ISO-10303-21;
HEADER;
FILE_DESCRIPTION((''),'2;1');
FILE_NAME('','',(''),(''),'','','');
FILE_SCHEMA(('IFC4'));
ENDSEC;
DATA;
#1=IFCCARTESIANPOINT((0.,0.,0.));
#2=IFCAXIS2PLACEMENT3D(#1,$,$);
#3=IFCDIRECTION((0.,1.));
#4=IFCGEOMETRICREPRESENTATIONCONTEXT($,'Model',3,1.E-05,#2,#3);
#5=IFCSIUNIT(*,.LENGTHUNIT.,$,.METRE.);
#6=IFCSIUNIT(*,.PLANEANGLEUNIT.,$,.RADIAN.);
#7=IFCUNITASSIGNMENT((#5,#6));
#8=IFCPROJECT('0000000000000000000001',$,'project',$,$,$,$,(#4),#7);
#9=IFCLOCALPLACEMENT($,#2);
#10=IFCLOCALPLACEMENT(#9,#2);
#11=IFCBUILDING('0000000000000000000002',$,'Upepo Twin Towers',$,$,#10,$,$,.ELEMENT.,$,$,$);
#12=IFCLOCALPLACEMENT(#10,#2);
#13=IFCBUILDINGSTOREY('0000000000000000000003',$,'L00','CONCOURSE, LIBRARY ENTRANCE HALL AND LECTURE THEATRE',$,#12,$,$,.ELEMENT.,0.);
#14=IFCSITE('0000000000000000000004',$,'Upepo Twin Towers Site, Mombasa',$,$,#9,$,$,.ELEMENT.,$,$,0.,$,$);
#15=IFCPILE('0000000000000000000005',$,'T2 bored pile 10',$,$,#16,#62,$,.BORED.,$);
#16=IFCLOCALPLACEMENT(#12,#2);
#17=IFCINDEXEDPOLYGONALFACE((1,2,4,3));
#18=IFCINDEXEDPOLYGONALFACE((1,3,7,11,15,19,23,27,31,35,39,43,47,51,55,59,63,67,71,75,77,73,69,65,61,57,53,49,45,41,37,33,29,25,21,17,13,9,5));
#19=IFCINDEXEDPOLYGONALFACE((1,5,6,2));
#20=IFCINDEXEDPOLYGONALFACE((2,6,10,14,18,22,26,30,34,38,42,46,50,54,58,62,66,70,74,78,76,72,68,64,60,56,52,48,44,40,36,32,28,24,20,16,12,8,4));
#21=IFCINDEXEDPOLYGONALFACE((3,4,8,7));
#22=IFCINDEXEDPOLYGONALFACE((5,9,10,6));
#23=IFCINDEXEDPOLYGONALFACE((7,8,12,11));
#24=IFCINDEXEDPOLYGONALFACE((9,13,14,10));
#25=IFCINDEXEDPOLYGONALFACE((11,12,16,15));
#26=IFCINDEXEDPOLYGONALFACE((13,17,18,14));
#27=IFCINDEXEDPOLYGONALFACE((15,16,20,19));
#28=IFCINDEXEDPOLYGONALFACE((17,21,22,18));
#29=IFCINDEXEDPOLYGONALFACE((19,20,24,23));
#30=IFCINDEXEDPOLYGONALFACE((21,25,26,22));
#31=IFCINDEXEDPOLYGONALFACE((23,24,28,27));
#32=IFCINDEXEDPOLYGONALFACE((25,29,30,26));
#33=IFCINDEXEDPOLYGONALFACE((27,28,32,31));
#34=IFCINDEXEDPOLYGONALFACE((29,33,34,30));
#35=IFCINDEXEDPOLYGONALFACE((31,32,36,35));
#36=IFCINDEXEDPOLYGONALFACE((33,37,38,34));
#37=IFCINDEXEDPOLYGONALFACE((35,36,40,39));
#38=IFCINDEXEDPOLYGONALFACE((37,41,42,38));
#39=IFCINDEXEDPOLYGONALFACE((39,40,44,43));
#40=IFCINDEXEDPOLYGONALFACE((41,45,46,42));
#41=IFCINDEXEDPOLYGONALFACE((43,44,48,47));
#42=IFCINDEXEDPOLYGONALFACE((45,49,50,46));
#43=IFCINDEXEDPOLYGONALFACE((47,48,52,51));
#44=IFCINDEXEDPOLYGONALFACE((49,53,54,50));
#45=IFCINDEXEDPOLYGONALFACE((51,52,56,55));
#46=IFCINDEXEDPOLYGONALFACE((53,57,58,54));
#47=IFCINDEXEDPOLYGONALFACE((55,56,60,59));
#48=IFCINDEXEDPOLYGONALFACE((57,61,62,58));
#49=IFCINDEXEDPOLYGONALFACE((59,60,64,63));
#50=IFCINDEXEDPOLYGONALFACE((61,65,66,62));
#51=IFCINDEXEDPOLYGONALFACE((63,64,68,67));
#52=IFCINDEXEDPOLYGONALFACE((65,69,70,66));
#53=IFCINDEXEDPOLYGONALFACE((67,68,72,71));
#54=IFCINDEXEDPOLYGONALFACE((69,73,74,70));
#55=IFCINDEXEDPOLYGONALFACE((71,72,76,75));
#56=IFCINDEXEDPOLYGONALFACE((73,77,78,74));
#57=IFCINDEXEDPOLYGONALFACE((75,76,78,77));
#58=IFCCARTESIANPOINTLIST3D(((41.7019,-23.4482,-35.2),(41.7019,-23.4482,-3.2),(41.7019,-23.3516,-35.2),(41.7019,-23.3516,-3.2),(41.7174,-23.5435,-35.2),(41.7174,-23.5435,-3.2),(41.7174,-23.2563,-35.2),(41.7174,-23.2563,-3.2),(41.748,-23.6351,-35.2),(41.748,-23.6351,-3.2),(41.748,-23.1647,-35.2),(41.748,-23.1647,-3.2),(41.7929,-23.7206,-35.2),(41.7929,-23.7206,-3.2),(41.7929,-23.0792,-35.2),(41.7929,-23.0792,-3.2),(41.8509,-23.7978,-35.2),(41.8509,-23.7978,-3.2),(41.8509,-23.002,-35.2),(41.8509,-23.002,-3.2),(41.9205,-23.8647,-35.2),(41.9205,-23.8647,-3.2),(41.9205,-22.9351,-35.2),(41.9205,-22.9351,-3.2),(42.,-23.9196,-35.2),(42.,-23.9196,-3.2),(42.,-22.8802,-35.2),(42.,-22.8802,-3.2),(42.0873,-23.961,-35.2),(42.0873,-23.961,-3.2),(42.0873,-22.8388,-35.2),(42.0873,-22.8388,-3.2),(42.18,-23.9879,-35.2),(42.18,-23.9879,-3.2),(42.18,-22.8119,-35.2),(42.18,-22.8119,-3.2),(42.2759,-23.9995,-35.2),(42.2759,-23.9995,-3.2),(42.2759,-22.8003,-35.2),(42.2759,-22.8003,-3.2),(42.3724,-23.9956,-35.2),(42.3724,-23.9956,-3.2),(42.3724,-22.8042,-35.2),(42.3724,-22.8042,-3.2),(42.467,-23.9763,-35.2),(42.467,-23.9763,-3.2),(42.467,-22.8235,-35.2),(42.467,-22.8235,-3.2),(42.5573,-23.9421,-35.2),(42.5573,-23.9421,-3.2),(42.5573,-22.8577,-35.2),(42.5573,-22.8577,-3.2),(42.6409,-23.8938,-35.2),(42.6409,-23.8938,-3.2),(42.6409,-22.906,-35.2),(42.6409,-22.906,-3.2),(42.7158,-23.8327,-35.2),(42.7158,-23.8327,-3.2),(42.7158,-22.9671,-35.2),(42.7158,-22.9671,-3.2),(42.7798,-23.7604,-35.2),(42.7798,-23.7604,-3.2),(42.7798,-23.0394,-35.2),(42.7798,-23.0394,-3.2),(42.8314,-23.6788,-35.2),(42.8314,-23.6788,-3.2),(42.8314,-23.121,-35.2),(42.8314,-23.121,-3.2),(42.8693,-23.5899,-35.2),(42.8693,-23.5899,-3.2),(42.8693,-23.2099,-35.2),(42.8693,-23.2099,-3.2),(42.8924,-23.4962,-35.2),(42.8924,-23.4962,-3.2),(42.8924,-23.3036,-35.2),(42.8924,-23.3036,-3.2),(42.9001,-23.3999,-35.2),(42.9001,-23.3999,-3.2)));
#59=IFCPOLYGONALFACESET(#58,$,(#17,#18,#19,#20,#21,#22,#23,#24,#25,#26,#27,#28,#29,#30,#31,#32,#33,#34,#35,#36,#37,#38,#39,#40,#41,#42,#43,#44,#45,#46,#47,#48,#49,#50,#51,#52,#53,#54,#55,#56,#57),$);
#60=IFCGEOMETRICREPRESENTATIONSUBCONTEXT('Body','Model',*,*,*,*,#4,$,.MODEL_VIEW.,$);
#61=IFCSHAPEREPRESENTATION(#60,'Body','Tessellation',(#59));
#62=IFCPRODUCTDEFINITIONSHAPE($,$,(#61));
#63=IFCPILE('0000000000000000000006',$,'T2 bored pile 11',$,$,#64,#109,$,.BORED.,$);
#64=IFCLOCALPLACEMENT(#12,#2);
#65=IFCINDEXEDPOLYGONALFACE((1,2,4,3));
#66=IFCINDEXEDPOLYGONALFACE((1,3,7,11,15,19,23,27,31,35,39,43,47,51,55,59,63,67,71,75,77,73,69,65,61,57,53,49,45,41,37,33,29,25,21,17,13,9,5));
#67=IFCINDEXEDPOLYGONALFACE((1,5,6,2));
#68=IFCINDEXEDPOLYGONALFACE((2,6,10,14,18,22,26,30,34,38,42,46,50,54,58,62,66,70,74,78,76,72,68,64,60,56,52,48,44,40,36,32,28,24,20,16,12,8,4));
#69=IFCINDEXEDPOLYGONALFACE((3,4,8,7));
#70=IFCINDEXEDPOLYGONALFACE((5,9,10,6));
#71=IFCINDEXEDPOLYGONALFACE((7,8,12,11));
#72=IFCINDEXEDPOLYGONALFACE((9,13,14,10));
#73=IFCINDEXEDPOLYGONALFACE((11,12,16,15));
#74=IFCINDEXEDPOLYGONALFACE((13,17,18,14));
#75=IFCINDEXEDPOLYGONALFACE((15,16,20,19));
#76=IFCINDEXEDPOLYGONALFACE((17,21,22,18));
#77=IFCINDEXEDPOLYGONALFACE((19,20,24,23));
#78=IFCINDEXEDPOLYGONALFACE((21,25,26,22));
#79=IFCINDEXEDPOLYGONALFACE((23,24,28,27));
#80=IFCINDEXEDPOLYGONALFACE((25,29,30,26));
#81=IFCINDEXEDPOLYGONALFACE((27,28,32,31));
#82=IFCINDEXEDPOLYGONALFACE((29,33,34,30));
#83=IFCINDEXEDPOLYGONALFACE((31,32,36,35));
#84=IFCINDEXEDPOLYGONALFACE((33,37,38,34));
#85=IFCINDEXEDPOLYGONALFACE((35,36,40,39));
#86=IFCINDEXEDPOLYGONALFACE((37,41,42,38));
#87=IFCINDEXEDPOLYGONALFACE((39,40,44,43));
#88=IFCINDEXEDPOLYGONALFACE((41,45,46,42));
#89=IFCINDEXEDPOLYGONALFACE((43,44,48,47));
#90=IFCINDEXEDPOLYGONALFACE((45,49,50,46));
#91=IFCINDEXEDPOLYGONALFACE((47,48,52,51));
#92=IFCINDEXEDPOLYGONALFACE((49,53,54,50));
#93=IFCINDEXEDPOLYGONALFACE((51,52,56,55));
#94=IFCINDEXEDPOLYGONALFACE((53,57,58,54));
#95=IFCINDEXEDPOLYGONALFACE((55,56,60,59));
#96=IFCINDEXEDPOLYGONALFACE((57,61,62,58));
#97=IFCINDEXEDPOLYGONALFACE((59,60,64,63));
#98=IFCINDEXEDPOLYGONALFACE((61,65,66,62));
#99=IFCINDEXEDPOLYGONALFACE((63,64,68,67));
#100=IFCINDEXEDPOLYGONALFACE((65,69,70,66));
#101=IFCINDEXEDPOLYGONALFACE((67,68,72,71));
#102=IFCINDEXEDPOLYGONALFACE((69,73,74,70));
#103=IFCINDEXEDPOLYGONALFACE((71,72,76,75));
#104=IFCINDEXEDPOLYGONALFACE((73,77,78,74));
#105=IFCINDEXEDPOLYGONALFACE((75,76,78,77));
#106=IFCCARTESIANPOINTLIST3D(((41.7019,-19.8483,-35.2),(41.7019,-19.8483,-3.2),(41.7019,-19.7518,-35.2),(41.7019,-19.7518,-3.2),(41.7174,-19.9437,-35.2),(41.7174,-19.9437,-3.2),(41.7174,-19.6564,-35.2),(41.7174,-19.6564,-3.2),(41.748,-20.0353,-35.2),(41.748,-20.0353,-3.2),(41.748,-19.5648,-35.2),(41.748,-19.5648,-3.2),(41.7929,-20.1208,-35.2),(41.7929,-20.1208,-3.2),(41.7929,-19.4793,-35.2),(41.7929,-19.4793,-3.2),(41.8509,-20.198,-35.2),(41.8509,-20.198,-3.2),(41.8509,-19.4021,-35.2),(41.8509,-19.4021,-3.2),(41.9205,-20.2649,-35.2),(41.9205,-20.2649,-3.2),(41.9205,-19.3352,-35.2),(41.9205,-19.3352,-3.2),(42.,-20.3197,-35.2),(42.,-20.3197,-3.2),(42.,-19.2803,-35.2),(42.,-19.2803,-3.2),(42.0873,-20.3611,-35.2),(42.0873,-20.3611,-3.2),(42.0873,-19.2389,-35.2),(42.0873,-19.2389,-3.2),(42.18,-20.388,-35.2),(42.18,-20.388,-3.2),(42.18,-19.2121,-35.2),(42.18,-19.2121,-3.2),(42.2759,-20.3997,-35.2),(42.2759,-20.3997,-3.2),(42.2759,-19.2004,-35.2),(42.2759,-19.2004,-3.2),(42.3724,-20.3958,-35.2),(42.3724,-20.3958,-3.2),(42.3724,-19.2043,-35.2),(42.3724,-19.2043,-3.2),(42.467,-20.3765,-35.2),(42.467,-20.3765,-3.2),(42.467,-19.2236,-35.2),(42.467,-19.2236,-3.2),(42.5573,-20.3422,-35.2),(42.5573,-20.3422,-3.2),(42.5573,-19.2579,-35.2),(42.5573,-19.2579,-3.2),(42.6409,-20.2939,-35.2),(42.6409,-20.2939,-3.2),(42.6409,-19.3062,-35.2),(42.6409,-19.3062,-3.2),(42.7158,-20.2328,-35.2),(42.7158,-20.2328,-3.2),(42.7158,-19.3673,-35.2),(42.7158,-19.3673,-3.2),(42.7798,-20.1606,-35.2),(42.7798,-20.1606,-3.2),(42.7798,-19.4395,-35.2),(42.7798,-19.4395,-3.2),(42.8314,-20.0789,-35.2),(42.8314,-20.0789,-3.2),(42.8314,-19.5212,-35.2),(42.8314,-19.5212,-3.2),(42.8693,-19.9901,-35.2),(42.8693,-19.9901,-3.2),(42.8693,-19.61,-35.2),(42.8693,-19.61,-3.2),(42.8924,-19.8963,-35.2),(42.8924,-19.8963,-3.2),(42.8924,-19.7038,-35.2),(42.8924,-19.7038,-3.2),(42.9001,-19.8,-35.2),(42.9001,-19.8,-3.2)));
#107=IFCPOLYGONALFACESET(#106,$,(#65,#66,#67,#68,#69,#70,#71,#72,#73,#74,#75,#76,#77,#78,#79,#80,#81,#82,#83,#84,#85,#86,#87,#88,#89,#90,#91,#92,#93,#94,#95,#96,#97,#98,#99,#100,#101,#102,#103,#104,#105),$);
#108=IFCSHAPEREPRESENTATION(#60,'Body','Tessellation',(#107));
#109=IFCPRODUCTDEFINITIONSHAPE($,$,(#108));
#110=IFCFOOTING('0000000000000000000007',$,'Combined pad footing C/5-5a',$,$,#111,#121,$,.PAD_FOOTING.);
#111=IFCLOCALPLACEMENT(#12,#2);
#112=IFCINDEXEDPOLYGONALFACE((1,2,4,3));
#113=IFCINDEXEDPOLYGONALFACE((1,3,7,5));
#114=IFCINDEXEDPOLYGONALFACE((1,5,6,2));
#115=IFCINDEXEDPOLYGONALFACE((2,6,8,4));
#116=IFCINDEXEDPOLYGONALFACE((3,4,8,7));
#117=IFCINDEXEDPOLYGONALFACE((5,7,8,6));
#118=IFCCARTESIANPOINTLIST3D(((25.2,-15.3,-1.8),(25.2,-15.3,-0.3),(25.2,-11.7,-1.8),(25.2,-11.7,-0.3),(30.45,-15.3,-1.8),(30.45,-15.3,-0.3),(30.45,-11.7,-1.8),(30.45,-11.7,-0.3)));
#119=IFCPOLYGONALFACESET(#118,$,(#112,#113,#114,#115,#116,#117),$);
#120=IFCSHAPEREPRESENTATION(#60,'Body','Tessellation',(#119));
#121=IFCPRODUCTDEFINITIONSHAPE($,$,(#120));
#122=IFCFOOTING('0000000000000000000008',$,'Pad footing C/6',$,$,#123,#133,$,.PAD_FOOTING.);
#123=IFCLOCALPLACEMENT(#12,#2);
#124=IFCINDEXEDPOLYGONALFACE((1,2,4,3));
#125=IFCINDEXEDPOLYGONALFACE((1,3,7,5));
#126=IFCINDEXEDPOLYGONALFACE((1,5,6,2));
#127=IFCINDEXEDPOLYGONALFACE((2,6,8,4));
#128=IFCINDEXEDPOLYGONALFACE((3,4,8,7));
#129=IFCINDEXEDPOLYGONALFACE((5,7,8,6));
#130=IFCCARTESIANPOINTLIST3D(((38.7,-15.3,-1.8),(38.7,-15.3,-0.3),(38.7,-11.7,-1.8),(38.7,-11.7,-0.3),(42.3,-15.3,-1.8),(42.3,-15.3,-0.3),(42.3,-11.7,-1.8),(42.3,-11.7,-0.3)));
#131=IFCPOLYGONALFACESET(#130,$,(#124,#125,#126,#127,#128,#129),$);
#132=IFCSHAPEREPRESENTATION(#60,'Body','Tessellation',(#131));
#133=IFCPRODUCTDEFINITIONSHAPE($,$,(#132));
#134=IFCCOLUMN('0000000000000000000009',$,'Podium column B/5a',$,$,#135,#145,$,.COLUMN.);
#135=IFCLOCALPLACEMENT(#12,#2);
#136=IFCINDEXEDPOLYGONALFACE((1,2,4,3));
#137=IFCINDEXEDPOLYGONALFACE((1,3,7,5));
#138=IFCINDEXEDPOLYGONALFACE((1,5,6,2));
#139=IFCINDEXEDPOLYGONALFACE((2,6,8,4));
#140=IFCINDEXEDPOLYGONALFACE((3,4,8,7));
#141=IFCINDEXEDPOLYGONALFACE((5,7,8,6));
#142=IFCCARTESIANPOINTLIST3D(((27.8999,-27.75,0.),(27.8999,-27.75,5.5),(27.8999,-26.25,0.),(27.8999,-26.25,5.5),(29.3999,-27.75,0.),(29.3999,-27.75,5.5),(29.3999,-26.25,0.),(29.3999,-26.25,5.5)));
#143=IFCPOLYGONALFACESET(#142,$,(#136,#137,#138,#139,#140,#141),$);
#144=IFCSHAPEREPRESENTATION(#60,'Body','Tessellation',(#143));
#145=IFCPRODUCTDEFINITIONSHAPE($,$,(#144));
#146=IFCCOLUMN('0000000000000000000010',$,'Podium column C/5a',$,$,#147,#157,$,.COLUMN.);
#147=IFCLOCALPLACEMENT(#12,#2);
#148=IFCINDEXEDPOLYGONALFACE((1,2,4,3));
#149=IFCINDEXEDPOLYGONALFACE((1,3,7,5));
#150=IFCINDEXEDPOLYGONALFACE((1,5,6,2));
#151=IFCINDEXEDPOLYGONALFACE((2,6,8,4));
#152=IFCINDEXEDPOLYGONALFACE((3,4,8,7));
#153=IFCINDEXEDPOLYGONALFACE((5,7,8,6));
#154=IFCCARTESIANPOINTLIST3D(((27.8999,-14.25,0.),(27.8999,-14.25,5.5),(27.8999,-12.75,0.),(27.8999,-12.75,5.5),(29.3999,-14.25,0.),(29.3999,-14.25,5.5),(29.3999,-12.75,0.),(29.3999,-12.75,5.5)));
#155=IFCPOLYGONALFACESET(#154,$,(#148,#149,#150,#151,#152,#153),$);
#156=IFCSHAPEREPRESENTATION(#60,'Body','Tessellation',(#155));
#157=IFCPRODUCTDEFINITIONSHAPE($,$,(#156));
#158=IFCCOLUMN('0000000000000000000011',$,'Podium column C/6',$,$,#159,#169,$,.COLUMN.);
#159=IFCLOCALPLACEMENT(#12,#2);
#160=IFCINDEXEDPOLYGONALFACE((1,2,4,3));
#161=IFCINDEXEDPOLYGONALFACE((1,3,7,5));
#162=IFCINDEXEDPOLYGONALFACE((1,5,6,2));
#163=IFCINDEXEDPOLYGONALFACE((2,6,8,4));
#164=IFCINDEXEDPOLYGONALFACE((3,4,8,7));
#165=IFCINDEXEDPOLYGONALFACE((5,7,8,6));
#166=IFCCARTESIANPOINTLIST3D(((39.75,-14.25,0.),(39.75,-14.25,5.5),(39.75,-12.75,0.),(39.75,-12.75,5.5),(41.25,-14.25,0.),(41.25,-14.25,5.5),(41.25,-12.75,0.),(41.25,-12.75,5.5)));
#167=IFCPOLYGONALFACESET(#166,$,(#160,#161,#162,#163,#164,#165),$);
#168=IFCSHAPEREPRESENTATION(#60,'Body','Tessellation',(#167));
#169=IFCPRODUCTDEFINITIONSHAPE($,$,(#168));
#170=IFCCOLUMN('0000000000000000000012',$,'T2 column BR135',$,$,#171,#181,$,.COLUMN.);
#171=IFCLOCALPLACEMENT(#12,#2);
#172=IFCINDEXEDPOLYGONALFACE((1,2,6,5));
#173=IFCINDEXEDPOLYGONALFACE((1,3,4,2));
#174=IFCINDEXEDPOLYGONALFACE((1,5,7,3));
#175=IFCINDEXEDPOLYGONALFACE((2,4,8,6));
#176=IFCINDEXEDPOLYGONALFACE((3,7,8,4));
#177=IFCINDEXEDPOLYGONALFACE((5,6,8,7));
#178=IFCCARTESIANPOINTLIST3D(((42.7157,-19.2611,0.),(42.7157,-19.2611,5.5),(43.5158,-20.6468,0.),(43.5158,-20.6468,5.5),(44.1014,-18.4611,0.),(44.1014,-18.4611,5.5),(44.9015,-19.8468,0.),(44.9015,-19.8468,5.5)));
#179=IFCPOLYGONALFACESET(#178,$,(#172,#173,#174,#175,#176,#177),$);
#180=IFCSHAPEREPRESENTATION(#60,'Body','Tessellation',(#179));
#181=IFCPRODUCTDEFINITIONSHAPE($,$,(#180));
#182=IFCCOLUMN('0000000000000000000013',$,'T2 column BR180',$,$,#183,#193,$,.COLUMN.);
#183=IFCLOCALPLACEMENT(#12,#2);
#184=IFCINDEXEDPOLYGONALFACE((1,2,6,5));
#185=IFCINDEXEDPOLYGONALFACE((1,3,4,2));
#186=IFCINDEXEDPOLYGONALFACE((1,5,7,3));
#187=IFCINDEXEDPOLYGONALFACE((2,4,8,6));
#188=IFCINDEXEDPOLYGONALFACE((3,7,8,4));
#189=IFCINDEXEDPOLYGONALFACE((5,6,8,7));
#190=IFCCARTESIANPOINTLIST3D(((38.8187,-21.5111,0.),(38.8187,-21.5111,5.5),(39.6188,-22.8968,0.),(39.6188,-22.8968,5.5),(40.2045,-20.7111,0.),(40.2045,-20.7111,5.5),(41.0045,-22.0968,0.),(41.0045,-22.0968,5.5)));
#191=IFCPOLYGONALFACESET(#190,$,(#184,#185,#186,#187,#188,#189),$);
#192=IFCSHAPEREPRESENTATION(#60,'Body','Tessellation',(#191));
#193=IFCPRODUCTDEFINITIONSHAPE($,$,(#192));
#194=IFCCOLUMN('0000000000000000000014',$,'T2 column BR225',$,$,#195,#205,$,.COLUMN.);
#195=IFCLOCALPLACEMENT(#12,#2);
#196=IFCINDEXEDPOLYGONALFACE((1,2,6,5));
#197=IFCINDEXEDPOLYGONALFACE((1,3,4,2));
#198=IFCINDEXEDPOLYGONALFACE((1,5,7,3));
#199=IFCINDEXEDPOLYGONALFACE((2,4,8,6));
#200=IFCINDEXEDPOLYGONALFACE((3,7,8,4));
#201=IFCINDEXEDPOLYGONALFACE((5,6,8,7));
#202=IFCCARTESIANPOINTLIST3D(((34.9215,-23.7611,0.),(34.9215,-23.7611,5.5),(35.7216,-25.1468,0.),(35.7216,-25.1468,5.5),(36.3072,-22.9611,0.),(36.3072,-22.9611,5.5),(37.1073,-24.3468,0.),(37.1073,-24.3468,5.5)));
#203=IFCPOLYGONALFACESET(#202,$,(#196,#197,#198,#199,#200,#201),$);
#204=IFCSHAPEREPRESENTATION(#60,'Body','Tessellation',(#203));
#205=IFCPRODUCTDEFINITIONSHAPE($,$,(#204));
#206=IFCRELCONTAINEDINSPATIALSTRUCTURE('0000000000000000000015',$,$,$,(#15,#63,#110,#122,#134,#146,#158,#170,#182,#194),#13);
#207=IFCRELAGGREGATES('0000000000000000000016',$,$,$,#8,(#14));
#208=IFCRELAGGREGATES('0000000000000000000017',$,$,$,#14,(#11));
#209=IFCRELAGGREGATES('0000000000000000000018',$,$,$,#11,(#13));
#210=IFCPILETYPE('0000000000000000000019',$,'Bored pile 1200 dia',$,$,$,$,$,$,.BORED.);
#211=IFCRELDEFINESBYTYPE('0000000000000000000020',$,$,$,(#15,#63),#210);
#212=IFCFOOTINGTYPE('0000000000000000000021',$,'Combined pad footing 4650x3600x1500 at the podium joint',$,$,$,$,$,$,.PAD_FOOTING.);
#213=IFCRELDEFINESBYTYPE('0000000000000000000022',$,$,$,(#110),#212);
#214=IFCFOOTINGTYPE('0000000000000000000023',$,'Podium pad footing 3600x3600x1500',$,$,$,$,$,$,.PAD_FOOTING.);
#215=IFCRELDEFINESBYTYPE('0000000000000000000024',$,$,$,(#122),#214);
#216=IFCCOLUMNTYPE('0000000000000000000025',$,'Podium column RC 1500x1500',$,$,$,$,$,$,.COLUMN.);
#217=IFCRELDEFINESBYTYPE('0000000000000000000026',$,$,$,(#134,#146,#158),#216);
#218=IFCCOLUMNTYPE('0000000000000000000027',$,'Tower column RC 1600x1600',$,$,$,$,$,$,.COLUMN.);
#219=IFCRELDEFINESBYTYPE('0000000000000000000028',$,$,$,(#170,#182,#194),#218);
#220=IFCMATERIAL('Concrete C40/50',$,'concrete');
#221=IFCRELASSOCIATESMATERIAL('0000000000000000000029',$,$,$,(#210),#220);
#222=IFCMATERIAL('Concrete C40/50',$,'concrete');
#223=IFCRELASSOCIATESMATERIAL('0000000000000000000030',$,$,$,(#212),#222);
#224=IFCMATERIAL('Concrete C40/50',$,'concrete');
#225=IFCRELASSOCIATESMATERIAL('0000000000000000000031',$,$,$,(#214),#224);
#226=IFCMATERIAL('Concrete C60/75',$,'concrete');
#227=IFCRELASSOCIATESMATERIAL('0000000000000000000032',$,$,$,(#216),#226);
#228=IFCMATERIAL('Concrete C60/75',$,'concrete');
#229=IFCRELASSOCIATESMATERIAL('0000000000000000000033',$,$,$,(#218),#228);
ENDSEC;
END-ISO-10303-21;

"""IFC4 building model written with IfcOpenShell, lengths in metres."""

from ifc_helpers import new_model, si_unit, direction, frame, origin, origin_2d, place, context, subcontext, project, spatial, rectangle, circle, extrude, material, material_profile, profile_set, type_object, element, save


model = new_model("IFC4")

# Units and contexts
model_context = context("Model", 3, precision=1e-05, world=origin(), true_north=direction((0.0, 1.0)))
body_context = subcontext(model_context, "Body", "Model", "MODEL_VIEW")
ifc_project = project(units=[si_unit("LENGTHUNIT", "METRE"), si_unit("PLANEANGLEUNIT", "RADIAN")], contexts=[model_context])

# Site, building, storey
site_placement = place(None, origin())
site = spatial("IfcSite", under=ifc_project, at=site_placement, Name="Upepo Twin Towers Site, Mombasa", CompositionType="ELEMENT", RefElevation=0.0)
building_placement = place(site_placement, origin())
building = spatial("IfcBuilding", under=site, at=building_placement, Name="Upepo Twin Towers", CompositionType="ELEMENT")
storey_placement = place(building_placement, origin())
storey = spatial("IfcBuildingStorey", under=building, at=storey_placement, Name="L00", Description="CONCOURSE, LIBRARY ENTRANCE HALL AND LECTURE THEATRE", CompositionType="ELEMENT", Elevation=0.0)

# Piles
ifc_material_1 = material(Name="Concrete C40/50", Category="concrete")
pile_type = type_object("IfcPileType", Name="Bored pile 1200 dia", PredefinedType="BORED", material=ifc_material_1)
for number, where, z_axis, x_axis, name in (
    (1, (42.3, -23.3999, -3.2), (0.0, 0.0, -1.0), (1.0, 0.0, 0.0), "T2 bored pile 10"),
    (2, (42.3, -19.8, -3.2), (0.0, 0.0, -1.0), (1.0, 0.0, 0.0), "T2 bored pile 11"),
):
    element("IfcPile", number, at=place(storey_placement, frame(where, z_axis=z_axis, x_axis=x_axis)), inside=storey, type_object=pile_type, Name=name, PredefinedType="BORED", context=body_context, shape_type="SweptSolid", body=[
        extrude(circle(Radius=0.6001, at=origin_2d()), origin(), (0.0, 0.0, 1.0), 32.0),
    ])

# Footings
ifc_material_2 = material(Name="Concrete C40/50", Category="concrete")
footing_type_1 = type_object("IfcFootingType", Name="Combined pad footing 4650x3600x1500 at the podium joint", PredefinedType="PAD_FOOTING", material=ifc_material_2)
footing_1_placement = place(storey_placement, frame((27.825, -13.5, -1.8), z_axis=(0.0, 0.0, 1.0), x_axis=(1.0, 0.0, 0.0)))
element("IfcFooting", 3, at=footing_1_placement, inside=storey, type_object=footing_type_1, Name="Combined pad footing C/5-5a", PredefinedType="PAD_FOOTING", context=body_context, shape_type="SweptSolid", body=[
    extrude(rectangle(XDim=5.25, YDim=3.6001, at=origin_2d()), origin(), (0.0, 0.0, 1.0), 1.5),
])
ifc_material_3 = material(Name="Concrete C40/50", Category="concrete")
footing_type_2 = type_object("IfcFootingType", Name="Podium pad footing 3600x3600x1500", PredefinedType="PAD_FOOTING", material=ifc_material_3)
footing_2_placement = place(storey_placement, frame((40.5, -13.5, -1.8), z_axis=(0.0, 0.0, 1.0), x_axis=(1.0, 0.0, 0.0)))
element("IfcFooting", 4, at=footing_2_placement, inside=storey, type_object=footing_type_2, Name="Pad footing C/6", PredefinedType="PAD_FOOTING", context=body_context, shape_type="SweptSolid", body=[
    extrude(rectangle(XDim=3.6001, YDim=3.6001, at=origin_2d()), origin(), (0.0, 0.0, 1.0), 1.5),
])

# Columns
ifc_material_4 = material(Name="Concrete C60/75", Category="concrete")
ifc_material_profile_1 = material_profile(ifc_material_4, rectangle(XDim=1.5, YDim=1.5, at=origin_2d()), Name="RC 1500x1500")
ifc_profile_set_1 = profile_set([ifc_material_profile_1], Name="Concrete C60/75")
column_type_1 = type_object("IfcColumnType", Name="Podium column RC 1500x1500", PredefinedType="COLUMN", material=ifc_profile_set_1)
for number, where, z_axis, x_axis, name in (
    (5, (28.6499, -27.0, 0.0), (0.0, 0.0, 1.0), (1.0, 0.0, 0.0), "Podium column B/5a"),
    (6, (28.6499, -13.5, 0.0), (0.0, 0.0, 1.0), (1.0, 0.0, 0.0), "Podium column C/5a"),
    (7, (40.5, -13.5, 0.0), (0.0, 0.0, 1.0), (1.0, 0.0, 0.0), "Podium column C/6"),
):
    element("IfcColumn", number, at=place(storey_placement, frame(where, z_axis=z_axis, x_axis=x_axis)), inside=storey, type_object=column_type_1, Name=name, PredefinedType="COLUMN", context=body_context, shape_type="SweptSolid", body=[
        extrude(rectangle(XDim=1.5, YDim=1.5, at=origin_2d()), origin(), (0.0, 0.0, 1.0), 5.5),
    ])
ifc_material_5 = material(Name="Concrete C60/75", Category="concrete")
ifc_material_profile_2 = material_profile(ifc_material_5, rectangle(XDim=1.6001, YDim=1.6001, at=origin_2d()), Name="RC 1600x1600")
ifc_profile_set_2 = profile_set([ifc_material_profile_2], Name="Concrete C60/75")
column_type_2 = type_object("IfcColumnType", Name="Tower column RC 1600x1600", PredefinedType="COLUMN", material=ifc_profile_set_2)
for number, where, z_axis, x_axis, name in (
    (8, (43.8086, -19.554, 0.0), (0.0, 0.0, 1.0), (0.866025, 0.5, 0.0), "T2 column BR135"),
    (9, (39.9116, -21.804, 0.0), (0.0, 0.0, 1.0), (0.866025, 0.5, 0.0), "T2 column BR180"),
    (10, (36.0144, -24.054, 0.0), (0.0, 0.0, 1.0), (0.866025, 0.5, 0.0), "T2 column BR225"),
):
    element("IfcColumn", number, at=place(storey_placement, frame(where, z_axis=z_axis, x_axis=x_axis)), inside=storey, type_object=column_type_2, Name=name, PredefinedType="COLUMN", context=body_context, shape_type="SweptSolid", body=[
        extrude(rectangle(XDim=1.6001, YDim=1.6001, at=origin_2d()), origin(), (0.0, 0.0, 1.0), 5.5),
    ])

save(model, "model.ifc")
